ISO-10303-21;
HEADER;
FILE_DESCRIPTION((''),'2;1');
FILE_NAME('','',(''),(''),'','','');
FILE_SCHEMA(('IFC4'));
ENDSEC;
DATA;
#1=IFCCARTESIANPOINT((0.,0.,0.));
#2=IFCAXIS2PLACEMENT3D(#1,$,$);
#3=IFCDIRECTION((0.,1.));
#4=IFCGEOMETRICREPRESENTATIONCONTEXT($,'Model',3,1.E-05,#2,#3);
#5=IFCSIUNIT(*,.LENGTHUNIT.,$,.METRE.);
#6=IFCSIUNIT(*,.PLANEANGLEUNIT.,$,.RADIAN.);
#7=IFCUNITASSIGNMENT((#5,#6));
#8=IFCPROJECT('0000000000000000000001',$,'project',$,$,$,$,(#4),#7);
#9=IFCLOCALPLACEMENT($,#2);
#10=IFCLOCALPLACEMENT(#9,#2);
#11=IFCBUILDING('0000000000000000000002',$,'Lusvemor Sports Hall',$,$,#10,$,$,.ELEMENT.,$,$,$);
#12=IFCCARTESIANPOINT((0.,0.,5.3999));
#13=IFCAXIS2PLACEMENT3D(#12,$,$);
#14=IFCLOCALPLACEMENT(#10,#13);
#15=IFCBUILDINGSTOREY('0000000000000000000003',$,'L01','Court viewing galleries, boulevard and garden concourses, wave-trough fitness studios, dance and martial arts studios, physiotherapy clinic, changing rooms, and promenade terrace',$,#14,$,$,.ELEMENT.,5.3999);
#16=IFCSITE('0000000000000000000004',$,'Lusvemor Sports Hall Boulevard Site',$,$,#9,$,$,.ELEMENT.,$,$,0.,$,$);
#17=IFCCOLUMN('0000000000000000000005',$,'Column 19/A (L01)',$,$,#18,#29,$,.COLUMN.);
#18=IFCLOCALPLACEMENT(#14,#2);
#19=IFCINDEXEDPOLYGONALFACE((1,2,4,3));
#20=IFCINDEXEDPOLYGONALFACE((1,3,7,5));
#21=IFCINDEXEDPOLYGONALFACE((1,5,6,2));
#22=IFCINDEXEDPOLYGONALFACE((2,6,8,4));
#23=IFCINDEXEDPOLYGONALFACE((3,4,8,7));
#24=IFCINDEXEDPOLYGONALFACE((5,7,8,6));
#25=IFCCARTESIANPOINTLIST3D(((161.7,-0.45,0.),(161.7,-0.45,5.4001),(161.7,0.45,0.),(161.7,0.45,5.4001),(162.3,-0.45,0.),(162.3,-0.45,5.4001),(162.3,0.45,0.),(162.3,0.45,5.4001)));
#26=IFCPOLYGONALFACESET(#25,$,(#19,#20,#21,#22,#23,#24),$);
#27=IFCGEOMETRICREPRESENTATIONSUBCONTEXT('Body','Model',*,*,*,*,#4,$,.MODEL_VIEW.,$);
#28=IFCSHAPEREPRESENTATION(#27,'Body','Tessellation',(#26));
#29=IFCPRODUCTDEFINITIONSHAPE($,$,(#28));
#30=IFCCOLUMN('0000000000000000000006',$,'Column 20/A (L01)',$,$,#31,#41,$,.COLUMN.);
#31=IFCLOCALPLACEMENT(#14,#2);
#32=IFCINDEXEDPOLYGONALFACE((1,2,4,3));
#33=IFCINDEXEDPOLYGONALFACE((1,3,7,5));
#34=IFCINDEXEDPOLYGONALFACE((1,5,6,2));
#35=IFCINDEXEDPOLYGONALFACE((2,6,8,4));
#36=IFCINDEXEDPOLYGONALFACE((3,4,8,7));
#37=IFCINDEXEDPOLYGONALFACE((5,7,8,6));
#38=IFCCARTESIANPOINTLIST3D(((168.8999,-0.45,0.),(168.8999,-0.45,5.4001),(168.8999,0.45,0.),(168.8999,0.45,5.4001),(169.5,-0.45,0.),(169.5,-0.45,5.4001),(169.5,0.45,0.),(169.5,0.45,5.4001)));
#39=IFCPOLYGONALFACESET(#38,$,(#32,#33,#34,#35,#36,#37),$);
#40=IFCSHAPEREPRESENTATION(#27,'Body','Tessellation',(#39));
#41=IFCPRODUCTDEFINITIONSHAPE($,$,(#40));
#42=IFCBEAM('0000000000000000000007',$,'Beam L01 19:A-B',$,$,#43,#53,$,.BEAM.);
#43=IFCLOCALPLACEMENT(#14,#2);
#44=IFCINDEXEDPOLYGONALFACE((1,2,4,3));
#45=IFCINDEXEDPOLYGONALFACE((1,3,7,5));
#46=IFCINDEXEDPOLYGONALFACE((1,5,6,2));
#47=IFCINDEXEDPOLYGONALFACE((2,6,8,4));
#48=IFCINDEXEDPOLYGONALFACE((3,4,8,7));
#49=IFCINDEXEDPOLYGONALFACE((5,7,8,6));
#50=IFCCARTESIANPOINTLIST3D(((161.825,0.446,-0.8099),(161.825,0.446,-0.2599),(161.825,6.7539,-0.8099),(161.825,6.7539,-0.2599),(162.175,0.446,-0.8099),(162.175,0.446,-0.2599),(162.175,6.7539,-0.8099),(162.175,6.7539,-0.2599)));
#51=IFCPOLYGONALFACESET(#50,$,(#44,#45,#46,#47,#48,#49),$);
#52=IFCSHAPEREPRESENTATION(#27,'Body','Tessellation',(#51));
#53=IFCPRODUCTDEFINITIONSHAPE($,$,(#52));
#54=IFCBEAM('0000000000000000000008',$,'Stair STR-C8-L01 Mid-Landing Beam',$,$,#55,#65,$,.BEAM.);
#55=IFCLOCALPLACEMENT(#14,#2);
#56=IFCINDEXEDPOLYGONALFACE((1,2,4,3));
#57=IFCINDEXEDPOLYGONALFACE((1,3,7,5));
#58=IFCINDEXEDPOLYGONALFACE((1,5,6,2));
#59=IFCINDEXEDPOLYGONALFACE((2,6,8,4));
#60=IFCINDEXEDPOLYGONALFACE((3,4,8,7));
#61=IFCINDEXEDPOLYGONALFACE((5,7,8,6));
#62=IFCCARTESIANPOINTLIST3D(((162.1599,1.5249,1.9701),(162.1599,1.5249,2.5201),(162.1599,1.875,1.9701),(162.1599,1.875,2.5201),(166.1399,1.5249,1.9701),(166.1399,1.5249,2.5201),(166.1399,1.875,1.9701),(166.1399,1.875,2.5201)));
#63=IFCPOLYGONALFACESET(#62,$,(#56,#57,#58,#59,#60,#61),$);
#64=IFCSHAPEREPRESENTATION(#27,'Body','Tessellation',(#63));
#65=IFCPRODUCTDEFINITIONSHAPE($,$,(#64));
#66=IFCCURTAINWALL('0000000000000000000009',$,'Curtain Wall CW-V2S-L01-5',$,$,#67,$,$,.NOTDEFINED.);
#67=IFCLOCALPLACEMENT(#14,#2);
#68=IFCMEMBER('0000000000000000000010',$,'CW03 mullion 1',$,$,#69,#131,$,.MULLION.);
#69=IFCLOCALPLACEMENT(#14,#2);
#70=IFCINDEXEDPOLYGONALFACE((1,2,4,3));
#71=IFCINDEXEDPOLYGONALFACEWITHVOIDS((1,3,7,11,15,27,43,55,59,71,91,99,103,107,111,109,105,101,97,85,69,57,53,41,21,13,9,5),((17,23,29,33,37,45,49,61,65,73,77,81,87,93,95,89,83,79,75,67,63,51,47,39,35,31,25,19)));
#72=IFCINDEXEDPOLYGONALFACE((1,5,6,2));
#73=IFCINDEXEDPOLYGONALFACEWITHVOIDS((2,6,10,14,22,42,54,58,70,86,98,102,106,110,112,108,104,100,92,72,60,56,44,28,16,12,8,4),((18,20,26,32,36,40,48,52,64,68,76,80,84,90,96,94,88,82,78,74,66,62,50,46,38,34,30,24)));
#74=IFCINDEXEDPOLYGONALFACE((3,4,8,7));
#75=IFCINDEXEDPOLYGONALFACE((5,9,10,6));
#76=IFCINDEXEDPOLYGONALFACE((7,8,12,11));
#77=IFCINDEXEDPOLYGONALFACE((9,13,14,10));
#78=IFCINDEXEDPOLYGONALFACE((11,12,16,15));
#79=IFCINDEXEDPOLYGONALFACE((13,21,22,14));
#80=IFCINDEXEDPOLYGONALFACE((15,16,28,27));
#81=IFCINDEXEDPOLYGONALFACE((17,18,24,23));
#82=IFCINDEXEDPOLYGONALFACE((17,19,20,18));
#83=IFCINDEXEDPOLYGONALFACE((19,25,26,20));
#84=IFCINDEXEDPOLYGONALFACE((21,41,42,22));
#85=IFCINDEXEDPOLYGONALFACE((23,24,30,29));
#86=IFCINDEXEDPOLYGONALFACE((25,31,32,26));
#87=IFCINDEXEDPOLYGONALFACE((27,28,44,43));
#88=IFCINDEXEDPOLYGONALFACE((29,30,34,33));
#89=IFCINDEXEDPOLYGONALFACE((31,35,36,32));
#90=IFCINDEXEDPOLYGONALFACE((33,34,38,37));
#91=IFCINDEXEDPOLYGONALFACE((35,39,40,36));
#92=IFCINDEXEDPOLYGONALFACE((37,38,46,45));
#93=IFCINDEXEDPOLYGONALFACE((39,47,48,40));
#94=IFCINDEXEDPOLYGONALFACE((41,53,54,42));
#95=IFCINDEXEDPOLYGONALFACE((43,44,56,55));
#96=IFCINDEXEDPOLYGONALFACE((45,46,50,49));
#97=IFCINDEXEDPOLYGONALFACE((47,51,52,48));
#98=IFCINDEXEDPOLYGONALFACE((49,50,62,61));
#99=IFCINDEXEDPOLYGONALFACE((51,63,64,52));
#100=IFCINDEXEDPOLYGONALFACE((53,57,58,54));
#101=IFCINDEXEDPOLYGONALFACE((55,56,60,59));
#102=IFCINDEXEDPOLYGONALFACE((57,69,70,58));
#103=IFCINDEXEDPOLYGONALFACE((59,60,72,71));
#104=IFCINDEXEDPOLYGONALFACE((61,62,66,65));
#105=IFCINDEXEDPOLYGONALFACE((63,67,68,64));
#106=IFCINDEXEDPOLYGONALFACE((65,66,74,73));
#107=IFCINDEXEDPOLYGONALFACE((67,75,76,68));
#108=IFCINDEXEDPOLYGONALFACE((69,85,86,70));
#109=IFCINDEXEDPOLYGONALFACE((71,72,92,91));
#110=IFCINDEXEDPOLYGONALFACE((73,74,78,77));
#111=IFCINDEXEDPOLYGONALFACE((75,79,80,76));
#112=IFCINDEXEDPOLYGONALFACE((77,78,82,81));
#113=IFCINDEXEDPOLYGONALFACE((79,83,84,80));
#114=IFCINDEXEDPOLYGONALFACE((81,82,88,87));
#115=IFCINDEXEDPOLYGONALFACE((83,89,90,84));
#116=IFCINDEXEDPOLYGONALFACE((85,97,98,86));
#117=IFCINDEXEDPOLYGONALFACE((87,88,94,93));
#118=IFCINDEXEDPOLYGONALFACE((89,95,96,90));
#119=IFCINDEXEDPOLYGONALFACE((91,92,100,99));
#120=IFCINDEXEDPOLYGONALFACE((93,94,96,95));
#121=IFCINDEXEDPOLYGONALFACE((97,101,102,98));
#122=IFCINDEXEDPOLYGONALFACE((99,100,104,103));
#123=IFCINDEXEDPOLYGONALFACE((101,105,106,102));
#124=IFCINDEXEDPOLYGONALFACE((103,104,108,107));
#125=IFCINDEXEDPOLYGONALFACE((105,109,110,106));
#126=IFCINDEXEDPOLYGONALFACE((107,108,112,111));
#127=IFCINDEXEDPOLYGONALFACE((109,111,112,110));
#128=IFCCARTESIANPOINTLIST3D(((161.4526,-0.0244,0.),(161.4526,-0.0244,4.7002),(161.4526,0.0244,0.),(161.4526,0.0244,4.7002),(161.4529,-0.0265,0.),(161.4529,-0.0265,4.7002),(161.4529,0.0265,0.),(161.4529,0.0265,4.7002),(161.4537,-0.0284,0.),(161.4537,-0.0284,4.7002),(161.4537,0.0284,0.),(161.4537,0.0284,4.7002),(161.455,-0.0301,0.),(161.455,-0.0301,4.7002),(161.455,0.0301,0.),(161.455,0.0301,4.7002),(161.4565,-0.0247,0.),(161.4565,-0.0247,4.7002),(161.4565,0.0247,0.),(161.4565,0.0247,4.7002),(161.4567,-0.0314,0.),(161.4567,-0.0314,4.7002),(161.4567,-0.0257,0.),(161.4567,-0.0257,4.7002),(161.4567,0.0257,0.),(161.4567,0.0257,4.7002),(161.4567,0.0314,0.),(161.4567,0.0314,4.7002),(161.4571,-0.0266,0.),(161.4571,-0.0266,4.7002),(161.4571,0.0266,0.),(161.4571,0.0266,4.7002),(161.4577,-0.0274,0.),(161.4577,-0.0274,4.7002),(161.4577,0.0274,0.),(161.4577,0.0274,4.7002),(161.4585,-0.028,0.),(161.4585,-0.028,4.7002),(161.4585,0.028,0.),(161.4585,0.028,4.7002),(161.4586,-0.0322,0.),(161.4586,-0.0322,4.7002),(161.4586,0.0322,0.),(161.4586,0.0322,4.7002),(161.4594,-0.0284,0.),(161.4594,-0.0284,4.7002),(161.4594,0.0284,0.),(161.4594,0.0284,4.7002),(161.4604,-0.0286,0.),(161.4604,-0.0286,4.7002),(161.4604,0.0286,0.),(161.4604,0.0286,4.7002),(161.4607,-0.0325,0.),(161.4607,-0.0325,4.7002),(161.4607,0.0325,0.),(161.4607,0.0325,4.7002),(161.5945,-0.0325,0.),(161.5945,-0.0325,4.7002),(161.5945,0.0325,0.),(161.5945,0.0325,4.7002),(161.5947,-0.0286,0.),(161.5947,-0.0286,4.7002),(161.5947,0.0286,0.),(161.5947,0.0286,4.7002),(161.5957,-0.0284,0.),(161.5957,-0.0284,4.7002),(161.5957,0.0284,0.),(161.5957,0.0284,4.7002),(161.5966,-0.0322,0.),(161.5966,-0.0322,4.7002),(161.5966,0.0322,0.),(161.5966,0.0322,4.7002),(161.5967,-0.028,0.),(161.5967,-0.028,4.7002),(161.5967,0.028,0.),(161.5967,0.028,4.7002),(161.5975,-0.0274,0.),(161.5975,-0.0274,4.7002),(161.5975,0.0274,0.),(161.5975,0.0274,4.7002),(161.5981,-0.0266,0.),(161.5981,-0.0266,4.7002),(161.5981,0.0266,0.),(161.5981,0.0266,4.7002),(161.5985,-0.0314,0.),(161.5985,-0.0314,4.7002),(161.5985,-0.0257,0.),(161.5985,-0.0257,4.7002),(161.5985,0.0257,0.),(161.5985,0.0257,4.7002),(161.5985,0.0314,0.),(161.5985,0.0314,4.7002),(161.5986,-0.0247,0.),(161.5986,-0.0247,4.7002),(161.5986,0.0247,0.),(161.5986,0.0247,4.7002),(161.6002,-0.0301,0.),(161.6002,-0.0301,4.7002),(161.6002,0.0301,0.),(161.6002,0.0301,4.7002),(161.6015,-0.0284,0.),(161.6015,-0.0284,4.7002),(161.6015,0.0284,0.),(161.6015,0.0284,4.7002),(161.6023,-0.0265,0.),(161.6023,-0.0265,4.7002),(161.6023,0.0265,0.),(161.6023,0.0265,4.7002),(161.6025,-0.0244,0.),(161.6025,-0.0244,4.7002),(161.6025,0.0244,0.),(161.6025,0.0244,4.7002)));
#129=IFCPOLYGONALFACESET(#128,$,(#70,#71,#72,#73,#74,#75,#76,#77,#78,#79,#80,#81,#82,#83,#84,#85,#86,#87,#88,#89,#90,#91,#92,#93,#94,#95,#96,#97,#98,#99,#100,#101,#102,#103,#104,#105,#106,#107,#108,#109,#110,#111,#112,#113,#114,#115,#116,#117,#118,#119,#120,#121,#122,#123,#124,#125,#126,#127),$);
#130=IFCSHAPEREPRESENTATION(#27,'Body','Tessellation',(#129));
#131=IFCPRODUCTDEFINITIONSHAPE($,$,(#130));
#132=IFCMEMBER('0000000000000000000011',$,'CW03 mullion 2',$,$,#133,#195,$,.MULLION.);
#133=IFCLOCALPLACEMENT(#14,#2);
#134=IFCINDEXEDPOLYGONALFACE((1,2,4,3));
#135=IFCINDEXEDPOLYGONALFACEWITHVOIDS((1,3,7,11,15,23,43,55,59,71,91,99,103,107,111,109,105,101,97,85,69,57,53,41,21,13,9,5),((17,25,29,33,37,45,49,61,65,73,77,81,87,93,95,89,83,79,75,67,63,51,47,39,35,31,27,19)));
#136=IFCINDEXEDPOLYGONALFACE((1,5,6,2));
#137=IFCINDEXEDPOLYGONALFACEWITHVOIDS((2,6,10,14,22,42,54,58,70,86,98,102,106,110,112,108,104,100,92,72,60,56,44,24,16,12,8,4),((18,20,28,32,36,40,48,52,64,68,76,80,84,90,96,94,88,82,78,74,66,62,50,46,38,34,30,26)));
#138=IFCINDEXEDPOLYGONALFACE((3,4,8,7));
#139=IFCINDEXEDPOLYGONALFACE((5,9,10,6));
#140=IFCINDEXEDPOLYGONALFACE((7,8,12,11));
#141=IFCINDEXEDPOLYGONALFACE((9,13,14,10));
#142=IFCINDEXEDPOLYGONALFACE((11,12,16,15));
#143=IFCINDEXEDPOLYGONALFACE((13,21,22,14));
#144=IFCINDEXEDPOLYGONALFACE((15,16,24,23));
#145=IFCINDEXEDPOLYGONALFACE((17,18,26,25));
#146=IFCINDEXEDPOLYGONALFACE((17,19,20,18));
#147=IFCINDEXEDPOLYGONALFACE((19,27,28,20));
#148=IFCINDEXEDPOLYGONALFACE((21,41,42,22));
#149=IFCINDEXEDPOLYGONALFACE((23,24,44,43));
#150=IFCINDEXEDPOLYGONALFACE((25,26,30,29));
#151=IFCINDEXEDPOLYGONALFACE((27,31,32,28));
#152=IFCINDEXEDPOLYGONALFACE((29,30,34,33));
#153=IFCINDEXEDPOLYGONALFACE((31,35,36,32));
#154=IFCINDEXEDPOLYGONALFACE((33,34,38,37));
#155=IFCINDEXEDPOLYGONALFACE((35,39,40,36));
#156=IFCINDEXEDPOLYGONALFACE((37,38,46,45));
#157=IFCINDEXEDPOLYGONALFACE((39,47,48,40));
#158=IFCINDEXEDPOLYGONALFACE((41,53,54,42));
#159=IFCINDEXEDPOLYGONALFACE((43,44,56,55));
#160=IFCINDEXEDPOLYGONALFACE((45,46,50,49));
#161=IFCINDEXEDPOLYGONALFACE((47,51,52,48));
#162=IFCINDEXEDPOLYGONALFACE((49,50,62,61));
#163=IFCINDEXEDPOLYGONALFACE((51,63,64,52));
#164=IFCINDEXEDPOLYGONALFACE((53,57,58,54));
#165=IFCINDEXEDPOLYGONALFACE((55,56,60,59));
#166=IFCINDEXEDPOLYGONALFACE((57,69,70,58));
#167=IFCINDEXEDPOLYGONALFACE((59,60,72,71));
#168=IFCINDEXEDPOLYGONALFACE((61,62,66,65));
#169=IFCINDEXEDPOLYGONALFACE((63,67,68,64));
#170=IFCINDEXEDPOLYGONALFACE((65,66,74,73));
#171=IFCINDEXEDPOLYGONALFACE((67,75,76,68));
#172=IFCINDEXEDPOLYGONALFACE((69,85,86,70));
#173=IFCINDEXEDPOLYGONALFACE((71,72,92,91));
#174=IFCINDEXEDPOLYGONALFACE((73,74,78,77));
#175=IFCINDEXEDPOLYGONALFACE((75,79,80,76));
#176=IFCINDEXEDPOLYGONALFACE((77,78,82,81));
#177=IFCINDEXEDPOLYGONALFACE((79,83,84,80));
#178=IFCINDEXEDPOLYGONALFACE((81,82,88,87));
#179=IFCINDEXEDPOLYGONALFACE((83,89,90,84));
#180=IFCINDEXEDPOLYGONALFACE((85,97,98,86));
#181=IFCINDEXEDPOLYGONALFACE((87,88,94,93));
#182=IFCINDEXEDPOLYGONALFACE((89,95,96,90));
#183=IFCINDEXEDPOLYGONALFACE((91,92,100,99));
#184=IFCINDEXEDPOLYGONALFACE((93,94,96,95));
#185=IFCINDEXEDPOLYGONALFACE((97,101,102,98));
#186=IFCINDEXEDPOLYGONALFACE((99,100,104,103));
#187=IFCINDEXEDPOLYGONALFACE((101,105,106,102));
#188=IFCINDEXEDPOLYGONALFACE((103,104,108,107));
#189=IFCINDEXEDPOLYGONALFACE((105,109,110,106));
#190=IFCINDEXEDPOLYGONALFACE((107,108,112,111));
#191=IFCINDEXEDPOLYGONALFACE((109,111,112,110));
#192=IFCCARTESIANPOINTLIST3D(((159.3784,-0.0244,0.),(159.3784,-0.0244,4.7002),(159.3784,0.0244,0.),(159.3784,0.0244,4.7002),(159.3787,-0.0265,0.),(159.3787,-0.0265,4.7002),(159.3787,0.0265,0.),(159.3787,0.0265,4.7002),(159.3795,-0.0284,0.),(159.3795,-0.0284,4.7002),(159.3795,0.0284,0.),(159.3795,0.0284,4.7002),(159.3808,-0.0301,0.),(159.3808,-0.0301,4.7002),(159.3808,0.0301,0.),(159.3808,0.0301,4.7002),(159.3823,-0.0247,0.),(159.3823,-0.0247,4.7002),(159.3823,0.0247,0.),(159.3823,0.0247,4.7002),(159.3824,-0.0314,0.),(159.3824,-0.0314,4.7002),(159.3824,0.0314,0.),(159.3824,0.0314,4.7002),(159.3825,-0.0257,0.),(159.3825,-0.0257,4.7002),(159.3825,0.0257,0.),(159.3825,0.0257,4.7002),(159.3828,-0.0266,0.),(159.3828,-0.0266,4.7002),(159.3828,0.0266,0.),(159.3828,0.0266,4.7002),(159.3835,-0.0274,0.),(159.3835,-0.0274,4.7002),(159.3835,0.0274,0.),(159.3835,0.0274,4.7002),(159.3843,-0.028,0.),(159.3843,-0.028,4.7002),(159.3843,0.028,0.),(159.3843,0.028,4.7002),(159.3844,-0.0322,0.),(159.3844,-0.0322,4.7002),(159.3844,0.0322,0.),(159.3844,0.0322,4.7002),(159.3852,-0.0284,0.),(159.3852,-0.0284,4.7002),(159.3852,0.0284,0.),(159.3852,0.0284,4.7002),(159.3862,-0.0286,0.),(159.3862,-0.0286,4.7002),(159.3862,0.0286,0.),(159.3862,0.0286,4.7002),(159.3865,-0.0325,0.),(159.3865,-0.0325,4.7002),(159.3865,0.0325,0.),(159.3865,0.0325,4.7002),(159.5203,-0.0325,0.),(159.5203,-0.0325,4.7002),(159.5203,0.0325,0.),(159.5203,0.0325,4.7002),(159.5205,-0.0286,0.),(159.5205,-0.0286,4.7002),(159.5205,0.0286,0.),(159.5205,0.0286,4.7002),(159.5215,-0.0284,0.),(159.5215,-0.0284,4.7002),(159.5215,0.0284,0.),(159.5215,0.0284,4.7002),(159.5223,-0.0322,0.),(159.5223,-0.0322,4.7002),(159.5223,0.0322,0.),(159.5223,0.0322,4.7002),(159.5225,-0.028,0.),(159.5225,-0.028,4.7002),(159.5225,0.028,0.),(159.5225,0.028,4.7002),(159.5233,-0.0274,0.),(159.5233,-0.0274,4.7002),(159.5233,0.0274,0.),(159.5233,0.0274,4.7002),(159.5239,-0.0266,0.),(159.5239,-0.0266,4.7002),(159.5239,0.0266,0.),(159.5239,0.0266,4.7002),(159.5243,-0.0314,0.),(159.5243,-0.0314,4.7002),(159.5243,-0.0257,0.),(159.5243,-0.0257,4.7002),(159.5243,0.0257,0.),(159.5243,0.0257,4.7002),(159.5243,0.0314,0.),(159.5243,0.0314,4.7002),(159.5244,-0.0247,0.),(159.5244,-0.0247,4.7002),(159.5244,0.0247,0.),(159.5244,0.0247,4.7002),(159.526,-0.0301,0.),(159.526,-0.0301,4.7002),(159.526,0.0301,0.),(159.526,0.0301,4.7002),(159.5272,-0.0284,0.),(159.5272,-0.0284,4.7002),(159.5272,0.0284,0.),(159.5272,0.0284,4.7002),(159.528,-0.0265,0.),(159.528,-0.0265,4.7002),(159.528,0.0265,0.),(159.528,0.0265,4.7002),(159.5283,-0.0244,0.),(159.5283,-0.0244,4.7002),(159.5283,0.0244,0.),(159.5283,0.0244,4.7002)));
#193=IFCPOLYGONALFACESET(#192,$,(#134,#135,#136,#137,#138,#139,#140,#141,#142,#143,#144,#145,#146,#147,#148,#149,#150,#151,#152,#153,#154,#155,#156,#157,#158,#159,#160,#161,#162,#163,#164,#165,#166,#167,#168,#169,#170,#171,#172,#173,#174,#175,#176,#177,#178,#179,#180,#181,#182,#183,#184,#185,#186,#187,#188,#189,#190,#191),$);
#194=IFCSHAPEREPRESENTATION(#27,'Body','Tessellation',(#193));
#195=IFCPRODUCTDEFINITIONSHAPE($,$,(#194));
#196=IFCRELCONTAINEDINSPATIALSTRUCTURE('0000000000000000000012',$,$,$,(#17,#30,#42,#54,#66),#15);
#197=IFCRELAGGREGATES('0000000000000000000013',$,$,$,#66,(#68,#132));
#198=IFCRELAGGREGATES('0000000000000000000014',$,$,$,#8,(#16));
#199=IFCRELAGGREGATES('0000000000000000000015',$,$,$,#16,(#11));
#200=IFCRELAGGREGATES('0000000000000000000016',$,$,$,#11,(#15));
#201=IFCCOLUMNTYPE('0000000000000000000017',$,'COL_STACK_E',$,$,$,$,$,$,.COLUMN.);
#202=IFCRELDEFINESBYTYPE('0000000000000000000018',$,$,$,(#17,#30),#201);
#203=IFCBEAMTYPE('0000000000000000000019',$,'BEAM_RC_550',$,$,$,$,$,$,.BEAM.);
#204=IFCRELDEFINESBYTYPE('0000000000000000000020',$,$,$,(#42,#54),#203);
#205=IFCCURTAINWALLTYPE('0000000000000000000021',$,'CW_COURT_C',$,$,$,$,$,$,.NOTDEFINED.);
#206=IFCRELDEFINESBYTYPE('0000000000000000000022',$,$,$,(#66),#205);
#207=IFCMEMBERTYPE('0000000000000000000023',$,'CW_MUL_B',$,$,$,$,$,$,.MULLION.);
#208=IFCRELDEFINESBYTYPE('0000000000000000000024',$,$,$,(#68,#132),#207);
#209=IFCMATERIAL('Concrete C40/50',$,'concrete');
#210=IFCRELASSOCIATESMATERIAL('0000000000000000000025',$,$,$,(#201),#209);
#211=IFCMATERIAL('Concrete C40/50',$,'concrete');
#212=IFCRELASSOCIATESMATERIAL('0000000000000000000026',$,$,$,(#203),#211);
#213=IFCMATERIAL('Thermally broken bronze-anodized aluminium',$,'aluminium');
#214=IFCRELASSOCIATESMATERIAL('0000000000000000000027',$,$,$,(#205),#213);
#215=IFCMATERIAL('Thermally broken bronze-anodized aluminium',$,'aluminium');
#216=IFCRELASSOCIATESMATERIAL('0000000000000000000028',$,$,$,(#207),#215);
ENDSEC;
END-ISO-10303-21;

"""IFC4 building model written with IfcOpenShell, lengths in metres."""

from ifc_helpers import new_model, si_unit, direction, frame, origin, origin_2d, place, context, subcontext, project, spatial, rectangle, hollow_rectangle, extrude, material, material_profile, profile_set, type_object, element, aggregate, save


model = new_model("IFC4")

# Units and contexts
model_context = context("Model", 3, precision=1e-05, world=origin(), true_north=direction((0.0, 1.0)))
body_context = subcontext(model_context, "Body", "Model", "MODEL_VIEW")
ifc_project = project(units=[si_unit("LENGTHUNIT", "METRE"), si_unit("PLANEANGLEUNIT", "RADIAN")], contexts=[model_context])

# Site, building, storey
site_placement = place(None, origin())
site = spatial("IfcSite", under=ifc_project, at=site_placement, Name="Lusvemor Sports Hall Boulevard Site", CompositionType="ELEMENT", RefElevation=0.0)
building_placement = place(site_placement, origin())
building = spatial("IfcBuilding", under=site, at=building_placement, Name="Lusvemor Sports Hall", CompositionType="ELEMENT")
storey_placement = place(building_placement, frame((0.0, 0.0, 5.3999)))
storey = spatial("IfcBuildingStorey", under=building, at=storey_placement, Name="L01", Description="Court viewing galleries, boulevard and garden concourses, wave-trough fitness studios, dance and martial arts studios, physiotherapy clinic, changing rooms, and promenade terrace", CompositionType="ELEMENT", Elevation=5.3999)

# Columns
ifc_material_1 = material(Name="Concrete C40/50", Category="concrete")
ifc_material_profile_1 = material_profile(ifc_material_1, rectangle(XDim=0.6001, YDim=0.8999, at=origin_2d()), Name="RC600x900")
ifc_profile_set_1 = profile_set([ifc_material_profile_1], Name="Concrete C40/50")
column_type = type_object("IfcColumnType", Name="COL_STACK_E", PredefinedType="COLUMN", material=ifc_profile_set_1)
for number, where, z_axis, x_axis, name in (
    (1, (162.0, 0.0, 0.0), (0.0, 0.0, 1.0), (1.0, 0.0, 0.0), "Column 19/A (L01)"),
    (2, (169.2, 0.0, 0.0), (0.0, 0.0, 1.0), (1.0, 0.0, 0.0), "Column 20/A (L01)"),
):
    element("IfcColumn", number, at=place(storey_placement, frame(where, z_axis=z_axis, x_axis=x_axis)), inside=storey, type_object=column_type, Name=name, PredefinedType="COLUMN", context=body_context, shape_type="SweptSolid", body=[
        extrude(rectangle(XDim=0.6001, YDim=0.8999, at=origin_2d()), origin(), (0.0, 0.0, 1.0), 5.4001),
    ])

# Beams
ifc_material_2 = material(Name="Concrete C40/50", Category="concrete")
ifc_material_profile_2 = material_profile(ifc_material_2, rectangle(XDim=0.3501, YDim=0.55, at=origin_2d()), Name="RC350x550")
ifc_profile_set_2 = profile_set([ifc_material_profile_2], Name="Concrete C40/50")
beam_type_1 = type_object("IfcBeamType", Name="BEAM_RC_550", PredefinedType="BEAM", material=ifc_profile_set_2)
beam_1_placement = place(storey_placement, frame((162.0, 0.446, -0.5349), z_axis=(0.0, 1.0, 0.0), x_axis=(-1.0, 0.0, 0.0)))
element("IfcBeam", 3, at=beam_1_placement, inside=storey, type_object=beam_type_1, Name="Beam L01 19:A-B", PredefinedType="BEAM", context=body_context, shape_type="SweptSolid", body=[
    extrude(rectangle(XDim=0.3501, YDim=0.55, at=origin_2d()), origin(), (0.0, 0.0, 1.0), 6.3079),
])
beam_2_placement = place(storey_placement, frame((162.1599, 1.7, 2.2451), z_axis=(1.0, 0.0, 0.0), x_axis=(0.0, 1.0, 0.0)))
element("IfcBeam", 4, at=beam_2_placement, inside=storey, type_object=beam_type_1, Name="Stair STR-C8-L01 Mid-Landing Beam", PredefinedType="BEAM", context=body_context, shape_type="SweptSolid", body=[
    extrude(rectangle(XDim=0.3501, YDim=0.55, at=origin_2d()), origin(), (0.0, 0.0, 1.0), 3.98),
])

# Curtain wall, members
ifc_material_3 = material(Name="Thermally broken bronze-anodized aluminium", Category="aluminium")
curtain_wall_type = type_object("IfcCurtainWallType", Name="CW_COURT_C", PredefinedType="NOTDEFINED", material=ifc_material_3)
curtain_wall_placement = place(storey_placement, origin())
curtain_wall = element("IfcCurtainWall", 5, at=curtain_wall_placement, inside=storey, type_object=curtain_wall_type, Name="Curtain Wall CW-V2S-L01-5", PredefinedType="NOTDEFINED")
ifc_material_4 = material(Name="Thermally broken bronze-anodized aluminium", Category="aluminium")
ifc_material_profile_3 = material_profile(ifc_material_4, hollow_rectangle(XDim=0.0649, YDim=0.1499, WallThickness=0.0039, InnerFilletRadius=0.0039, OuterFilletRadius=0.0081, at=origin_2d()), Name="CWMUL150x65x4")
ifc_profile_set_3 = profile_set([ifc_material_profile_3], Name="Thermally broken bronze-anodized aluminium")
member_type_1 = type_object("IfcMemberType", Name="CW_MUL_B", PredefinedType="MULLION", material=ifc_profile_set_3)
member_1_placement = place(storey_placement, frame((161.5276, 0.0, 0.0), z_axis=(0.0, 0.0, 1.0), x_axis=(0.0, -1.0, 0.0)))
member_1 = element("IfcMember", 6, at=member_1_placement, type_object=member_type_1, Name="CW03 mullion 1", PredefinedType="MULLION", context=body_context, shape_type="SweptSolid", body=[
    extrude(hollow_rectangle(XDim=0.0649, YDim=0.1499, WallThickness=0.0039, InnerFilletRadius=0.0039, OuterFilletRadius=0.0081, at=origin_2d()), origin(), (0.0, 0.0, 1.0), 4.7002),
])
member_2_placement = place(storey_placement, frame((159.4534, 0.0, 0.0), z_axis=(0.0, 0.0, 1.0), x_axis=(0.0, -1.0, 0.0)))
member_2 = element("IfcMember", 7, at=member_2_placement, type_object=member_type_1, Name="CW03 mullion 2", PredefinedType="MULLION", context=body_context, shape_type="SweptSolid", body=[
    extrude(hollow_rectangle(XDim=0.0649, YDim=0.1499, WallThickness=0.0039, InnerFilletRadius=0.0039, OuterFilletRadius=0.0081, at=origin_2d()), origin(), (0.0, 0.0, 1.0), 4.7002),
])

aggregate(curtain_wall, [member_1, member_2])

save(model, "model.ifc")
